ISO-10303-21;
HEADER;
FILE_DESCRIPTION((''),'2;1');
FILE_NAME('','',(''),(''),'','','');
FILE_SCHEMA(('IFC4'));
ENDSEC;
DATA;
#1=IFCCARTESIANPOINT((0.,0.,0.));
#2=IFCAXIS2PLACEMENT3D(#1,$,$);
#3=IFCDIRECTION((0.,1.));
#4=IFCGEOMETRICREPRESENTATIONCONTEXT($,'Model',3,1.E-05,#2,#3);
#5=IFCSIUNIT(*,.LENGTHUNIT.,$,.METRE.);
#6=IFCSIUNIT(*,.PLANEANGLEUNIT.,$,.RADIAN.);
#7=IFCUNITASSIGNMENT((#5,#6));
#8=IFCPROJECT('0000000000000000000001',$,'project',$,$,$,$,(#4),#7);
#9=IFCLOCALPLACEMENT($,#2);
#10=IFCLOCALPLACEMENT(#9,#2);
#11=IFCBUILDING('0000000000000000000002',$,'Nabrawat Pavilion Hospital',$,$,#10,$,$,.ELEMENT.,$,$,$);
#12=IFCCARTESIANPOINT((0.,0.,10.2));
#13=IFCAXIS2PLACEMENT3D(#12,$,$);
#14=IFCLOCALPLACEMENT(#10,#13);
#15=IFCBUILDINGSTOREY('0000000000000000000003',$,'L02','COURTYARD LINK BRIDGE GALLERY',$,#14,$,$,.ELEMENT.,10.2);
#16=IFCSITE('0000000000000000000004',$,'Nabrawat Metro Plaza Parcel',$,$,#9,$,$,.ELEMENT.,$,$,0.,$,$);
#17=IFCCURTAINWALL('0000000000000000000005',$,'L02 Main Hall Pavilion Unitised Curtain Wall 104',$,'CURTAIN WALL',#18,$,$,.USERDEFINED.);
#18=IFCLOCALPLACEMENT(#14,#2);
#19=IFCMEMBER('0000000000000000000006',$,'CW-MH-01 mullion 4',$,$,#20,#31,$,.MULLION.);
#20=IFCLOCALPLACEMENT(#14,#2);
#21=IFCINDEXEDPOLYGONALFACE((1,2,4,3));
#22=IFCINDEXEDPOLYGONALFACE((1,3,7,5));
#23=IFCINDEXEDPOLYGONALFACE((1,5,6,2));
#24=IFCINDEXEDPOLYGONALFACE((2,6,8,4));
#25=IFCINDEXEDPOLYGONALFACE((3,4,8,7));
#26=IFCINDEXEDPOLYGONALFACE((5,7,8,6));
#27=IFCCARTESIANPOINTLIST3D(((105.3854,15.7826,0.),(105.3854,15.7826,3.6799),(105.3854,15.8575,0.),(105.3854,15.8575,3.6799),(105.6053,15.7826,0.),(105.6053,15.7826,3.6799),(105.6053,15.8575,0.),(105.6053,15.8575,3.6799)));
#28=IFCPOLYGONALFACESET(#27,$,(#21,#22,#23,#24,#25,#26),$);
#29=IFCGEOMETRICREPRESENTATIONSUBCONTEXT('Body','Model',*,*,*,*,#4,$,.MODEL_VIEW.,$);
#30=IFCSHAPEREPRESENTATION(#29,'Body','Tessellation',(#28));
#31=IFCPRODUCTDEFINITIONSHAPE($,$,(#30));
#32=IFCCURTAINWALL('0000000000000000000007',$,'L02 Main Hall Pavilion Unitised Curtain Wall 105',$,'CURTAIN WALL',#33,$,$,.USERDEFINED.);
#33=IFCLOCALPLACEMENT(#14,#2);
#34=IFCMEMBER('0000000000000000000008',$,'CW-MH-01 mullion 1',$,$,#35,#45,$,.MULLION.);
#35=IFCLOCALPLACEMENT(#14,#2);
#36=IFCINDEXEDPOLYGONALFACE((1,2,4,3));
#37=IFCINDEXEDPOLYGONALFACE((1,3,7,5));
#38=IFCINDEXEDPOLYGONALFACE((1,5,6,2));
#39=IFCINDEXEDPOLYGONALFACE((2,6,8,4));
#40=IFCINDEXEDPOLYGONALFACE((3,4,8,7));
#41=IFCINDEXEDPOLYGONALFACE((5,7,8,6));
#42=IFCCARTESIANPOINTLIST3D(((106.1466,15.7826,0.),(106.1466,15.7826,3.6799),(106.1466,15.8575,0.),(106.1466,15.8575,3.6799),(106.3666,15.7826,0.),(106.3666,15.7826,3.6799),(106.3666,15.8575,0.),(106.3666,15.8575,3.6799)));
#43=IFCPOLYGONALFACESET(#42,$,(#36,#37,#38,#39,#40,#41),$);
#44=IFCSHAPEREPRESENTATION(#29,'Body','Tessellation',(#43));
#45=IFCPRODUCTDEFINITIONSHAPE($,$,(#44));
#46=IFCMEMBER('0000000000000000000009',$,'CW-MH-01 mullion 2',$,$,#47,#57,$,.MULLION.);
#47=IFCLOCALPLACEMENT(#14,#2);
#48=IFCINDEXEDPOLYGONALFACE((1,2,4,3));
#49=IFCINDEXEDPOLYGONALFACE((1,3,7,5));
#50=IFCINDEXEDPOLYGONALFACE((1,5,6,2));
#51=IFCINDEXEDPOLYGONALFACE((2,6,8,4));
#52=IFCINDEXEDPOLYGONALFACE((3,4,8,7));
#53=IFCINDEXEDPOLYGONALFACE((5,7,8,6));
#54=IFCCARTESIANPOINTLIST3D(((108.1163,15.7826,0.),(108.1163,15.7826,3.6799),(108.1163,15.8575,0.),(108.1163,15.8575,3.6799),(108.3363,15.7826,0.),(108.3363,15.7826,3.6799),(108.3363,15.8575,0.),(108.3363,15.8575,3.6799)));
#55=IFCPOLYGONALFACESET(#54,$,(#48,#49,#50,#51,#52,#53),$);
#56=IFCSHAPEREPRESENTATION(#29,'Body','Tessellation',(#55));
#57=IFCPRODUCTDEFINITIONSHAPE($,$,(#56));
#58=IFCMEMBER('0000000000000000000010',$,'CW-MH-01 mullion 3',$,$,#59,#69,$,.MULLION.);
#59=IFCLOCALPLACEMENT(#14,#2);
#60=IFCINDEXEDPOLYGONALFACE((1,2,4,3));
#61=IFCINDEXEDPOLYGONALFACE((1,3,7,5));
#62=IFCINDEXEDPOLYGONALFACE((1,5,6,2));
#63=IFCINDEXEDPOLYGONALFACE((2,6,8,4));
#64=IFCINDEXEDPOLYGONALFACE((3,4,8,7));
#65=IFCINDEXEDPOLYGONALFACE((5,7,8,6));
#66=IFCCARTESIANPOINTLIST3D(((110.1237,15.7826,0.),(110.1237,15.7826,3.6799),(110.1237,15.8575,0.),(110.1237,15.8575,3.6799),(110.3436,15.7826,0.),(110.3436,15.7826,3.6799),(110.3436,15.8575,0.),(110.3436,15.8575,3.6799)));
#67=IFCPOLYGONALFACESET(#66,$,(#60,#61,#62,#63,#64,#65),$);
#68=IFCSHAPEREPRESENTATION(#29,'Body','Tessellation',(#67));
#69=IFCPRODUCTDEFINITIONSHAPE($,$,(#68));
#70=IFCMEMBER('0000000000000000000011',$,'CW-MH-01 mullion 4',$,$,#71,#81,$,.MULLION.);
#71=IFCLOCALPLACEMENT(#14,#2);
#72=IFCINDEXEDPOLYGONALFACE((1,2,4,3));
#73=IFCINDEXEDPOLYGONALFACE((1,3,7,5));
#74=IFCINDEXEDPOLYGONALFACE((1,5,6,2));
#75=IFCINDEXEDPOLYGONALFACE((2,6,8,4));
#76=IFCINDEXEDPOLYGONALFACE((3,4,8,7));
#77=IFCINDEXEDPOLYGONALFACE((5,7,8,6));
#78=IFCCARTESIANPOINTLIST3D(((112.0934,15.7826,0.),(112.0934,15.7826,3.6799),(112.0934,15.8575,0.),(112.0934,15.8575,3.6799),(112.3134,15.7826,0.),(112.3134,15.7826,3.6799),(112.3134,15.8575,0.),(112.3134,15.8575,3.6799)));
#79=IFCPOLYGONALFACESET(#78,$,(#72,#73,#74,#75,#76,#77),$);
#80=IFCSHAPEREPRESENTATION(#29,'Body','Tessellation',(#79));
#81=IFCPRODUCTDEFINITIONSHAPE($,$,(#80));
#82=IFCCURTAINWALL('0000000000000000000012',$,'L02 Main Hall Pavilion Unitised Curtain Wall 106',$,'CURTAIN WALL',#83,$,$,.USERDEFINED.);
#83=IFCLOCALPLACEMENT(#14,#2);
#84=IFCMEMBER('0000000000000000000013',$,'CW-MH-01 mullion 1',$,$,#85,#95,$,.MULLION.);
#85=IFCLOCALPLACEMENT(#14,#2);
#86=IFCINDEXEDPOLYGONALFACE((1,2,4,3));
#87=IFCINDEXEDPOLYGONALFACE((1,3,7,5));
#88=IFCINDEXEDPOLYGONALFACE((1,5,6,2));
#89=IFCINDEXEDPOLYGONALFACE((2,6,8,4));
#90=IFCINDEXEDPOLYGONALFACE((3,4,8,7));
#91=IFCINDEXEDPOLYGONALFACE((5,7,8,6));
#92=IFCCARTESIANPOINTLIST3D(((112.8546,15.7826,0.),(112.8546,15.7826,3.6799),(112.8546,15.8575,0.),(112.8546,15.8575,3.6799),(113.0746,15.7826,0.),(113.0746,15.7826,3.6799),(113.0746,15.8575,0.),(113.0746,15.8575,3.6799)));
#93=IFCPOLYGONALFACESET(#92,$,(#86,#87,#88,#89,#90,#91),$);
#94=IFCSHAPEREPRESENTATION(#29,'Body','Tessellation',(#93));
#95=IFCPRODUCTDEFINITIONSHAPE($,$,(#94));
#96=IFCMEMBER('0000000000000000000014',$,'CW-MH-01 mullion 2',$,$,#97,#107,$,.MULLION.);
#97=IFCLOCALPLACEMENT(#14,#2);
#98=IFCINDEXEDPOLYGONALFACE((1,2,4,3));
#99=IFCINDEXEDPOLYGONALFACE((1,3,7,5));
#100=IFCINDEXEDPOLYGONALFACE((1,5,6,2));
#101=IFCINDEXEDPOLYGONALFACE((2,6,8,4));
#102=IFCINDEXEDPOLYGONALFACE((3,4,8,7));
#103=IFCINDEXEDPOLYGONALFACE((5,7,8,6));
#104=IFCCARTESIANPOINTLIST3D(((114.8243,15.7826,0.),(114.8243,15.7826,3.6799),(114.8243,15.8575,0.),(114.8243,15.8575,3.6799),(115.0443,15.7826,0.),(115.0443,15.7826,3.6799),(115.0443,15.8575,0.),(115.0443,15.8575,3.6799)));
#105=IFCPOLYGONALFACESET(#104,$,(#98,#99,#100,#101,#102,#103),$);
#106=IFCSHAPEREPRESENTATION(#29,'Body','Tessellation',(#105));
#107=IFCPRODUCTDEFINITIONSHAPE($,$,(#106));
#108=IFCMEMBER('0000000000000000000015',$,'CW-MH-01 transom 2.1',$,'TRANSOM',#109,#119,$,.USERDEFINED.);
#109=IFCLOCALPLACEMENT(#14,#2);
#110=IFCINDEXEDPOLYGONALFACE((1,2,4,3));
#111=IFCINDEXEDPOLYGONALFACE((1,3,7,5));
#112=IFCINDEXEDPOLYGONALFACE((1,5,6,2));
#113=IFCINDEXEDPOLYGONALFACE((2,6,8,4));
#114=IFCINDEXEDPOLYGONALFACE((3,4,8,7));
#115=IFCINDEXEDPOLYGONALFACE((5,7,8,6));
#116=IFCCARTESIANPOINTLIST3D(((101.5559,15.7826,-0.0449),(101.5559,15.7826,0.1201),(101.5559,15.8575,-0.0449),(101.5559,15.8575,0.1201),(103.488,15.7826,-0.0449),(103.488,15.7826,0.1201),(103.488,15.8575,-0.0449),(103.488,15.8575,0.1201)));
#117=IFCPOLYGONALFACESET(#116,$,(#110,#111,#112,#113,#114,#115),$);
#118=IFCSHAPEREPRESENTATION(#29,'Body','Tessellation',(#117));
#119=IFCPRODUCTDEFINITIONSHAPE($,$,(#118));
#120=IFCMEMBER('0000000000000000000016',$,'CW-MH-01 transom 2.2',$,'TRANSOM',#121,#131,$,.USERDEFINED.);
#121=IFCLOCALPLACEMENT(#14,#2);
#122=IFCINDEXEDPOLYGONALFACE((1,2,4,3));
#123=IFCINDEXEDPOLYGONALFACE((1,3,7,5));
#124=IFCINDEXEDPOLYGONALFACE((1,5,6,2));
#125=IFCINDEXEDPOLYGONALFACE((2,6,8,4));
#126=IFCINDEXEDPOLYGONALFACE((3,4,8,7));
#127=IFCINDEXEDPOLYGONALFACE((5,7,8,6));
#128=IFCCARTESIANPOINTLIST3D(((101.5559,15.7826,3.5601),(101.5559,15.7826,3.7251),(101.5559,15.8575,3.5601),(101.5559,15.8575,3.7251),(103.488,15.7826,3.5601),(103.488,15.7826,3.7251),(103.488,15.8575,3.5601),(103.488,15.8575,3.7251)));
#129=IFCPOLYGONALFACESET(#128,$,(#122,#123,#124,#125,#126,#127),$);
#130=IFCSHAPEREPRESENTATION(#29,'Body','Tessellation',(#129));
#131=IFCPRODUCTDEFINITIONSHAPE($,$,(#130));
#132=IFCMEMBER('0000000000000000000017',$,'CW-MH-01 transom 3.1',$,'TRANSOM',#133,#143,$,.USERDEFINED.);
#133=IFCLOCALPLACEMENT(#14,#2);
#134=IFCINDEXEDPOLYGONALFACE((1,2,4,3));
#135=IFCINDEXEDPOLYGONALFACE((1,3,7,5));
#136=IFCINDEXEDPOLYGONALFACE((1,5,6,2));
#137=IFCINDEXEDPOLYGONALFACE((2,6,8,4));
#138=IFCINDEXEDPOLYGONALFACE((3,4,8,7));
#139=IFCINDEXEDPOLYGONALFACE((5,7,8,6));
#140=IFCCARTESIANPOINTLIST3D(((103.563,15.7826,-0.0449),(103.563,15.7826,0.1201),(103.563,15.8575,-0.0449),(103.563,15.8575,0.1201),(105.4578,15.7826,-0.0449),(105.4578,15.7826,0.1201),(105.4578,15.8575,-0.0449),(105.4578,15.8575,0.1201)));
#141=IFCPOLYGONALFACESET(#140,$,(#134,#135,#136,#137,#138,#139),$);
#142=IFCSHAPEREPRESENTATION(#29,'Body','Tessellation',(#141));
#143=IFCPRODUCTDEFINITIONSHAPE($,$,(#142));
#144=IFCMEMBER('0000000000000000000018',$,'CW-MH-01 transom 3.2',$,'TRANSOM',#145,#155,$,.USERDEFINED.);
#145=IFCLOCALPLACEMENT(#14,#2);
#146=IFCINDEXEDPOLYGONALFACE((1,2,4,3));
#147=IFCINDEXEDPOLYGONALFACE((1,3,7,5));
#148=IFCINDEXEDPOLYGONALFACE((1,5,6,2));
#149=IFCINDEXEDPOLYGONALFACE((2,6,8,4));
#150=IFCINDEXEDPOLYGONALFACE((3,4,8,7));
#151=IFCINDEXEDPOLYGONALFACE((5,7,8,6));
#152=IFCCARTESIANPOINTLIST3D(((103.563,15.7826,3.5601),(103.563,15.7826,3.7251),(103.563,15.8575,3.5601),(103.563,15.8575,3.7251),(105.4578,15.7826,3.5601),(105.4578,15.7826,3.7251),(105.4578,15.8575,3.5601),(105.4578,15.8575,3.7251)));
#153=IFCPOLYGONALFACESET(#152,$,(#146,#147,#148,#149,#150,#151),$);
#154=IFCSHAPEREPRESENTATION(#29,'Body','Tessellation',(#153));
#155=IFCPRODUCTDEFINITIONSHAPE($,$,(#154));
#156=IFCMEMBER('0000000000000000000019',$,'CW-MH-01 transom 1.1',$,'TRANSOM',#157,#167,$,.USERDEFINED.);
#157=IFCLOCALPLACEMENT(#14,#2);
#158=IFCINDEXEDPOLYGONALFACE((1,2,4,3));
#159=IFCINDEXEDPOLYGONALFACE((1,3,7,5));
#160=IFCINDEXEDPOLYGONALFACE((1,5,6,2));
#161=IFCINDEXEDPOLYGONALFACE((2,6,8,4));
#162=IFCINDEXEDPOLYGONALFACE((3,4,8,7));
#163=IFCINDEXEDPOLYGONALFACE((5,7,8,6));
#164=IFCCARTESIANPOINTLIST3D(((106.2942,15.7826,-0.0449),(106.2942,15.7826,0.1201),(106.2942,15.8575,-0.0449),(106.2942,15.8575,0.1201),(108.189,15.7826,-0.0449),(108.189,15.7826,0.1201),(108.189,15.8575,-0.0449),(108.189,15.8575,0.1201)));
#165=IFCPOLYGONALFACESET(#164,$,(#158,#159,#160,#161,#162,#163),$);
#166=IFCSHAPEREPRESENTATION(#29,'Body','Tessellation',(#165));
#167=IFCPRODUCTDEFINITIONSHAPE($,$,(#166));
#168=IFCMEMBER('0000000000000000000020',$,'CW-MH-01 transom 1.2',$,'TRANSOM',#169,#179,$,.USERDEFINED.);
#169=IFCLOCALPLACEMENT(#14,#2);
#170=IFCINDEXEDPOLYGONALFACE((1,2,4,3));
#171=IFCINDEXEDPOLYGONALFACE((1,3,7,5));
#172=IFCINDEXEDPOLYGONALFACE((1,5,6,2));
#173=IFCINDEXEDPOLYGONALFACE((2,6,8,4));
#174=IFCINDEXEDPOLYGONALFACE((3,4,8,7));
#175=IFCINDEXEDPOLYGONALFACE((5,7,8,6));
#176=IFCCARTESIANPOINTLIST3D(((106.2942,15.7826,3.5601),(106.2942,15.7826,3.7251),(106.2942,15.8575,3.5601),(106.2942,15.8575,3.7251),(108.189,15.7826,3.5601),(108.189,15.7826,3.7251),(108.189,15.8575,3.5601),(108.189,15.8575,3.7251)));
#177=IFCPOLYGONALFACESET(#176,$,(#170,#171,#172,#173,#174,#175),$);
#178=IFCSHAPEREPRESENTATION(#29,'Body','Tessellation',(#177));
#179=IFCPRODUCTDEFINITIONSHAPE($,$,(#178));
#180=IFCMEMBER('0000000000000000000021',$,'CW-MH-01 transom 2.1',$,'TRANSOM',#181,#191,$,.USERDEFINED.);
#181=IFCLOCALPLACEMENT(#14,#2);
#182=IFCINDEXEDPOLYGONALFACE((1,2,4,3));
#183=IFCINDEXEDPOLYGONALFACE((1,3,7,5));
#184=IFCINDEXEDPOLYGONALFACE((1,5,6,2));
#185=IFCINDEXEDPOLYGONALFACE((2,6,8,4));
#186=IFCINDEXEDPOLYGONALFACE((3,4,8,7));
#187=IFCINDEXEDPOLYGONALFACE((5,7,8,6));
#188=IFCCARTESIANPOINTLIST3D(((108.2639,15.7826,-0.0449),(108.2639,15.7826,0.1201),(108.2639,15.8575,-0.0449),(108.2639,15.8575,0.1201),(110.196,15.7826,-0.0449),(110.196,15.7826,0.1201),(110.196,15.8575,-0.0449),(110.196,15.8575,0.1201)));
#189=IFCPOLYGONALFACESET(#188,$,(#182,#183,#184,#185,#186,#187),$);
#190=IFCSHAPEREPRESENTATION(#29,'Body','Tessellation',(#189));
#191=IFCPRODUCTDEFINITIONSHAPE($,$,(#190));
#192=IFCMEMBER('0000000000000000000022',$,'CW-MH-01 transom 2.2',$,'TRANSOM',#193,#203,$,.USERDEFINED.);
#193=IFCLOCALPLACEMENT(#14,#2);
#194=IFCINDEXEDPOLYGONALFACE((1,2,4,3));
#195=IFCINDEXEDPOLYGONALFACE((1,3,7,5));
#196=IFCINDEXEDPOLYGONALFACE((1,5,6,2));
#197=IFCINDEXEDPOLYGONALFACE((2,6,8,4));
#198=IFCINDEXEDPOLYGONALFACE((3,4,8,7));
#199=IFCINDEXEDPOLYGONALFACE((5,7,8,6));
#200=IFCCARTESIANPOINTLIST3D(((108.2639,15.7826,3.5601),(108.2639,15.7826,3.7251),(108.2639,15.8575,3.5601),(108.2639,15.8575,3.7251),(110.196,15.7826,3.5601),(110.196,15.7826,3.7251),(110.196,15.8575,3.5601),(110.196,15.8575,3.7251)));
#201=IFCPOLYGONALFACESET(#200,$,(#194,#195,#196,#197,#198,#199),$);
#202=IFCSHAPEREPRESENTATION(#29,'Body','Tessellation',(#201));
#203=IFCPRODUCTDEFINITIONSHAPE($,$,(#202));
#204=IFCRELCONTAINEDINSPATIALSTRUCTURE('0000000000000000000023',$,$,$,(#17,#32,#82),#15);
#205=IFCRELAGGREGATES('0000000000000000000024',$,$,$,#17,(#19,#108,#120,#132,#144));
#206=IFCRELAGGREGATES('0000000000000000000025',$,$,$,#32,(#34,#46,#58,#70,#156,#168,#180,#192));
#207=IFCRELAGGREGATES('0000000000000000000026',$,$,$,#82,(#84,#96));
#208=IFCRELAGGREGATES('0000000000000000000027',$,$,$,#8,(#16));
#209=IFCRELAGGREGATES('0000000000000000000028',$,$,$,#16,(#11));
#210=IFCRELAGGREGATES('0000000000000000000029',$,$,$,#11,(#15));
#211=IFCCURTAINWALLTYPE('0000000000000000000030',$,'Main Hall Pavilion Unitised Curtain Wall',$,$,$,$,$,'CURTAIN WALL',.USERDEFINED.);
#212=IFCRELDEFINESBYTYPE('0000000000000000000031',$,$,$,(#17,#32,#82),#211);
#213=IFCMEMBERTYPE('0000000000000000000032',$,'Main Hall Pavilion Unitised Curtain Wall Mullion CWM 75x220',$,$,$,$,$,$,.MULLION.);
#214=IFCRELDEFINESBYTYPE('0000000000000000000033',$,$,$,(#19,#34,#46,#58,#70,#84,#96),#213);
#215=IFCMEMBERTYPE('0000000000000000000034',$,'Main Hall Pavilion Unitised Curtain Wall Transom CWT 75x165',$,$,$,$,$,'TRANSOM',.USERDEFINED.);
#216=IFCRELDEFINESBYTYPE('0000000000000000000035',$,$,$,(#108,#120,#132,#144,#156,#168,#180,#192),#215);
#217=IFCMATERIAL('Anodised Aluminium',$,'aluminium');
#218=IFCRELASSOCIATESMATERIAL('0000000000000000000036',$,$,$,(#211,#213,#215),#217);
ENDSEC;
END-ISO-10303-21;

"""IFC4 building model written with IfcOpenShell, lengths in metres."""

from ifc_helpers import new_model, si_unit, direction, frame, origin, origin_2d, place, context, subcontext, project, spatial, rectangle, extrude, material, material_profile, profile_set, type_object, element, aggregate, save


model = new_model("IFC4")

# Units and contexts
model_context = context("Model", 3, precision=1e-05, world=origin(), true_north=direction((0.0, 1.0)))
body_context = subcontext(model_context, "Body", "Model", "MODEL_VIEW")
ifc_project = project(units=[si_unit("LENGTHUNIT", "METRE"), si_unit("PLANEANGLEUNIT", "RADIAN")], contexts=[model_context])

# Site, building, storey
site_placement = place(None, origin())
site = spatial("IfcSite", under=ifc_project, at=site_placement, Name="Nabrawat Metro Plaza Parcel", CompositionType="ELEMENT", RefElevation=0.0)
building_placement = place(site_placement, origin())
building = spatial("IfcBuilding", under=site, at=building_placement, Name="Nabrawat Pavilion Hospital", CompositionType="ELEMENT")
storey_placement = place(building_placement, frame((0.0, 0.0, 10.2)))
storey = spatial("IfcBuildingStorey", under=building, at=storey_placement, Name="L02", Description="COURTYARD LINK BRIDGE GALLERY", CompositionType="ELEMENT", Elevation=10.2)

# Curtain walls, members
ifc_material_1 = material(Name="Anodised Aluminium", Category="aluminium")
curtain_wall_type = type_object("IfcCurtainWallType", Name="Main Hall Pavilion Unitised Curtain Wall", ElementType="CURTAIN WALL", PredefinedType="USERDEFINED", material=ifc_material_1)
curtain_wall_1_placement = place(storey_placement, origin())
curtain_wall_1 = element("IfcCurtainWall", 1, at=curtain_wall_1_placement, inside=storey, type_object=curtain_wall_type, Name="L02 Main Hall Pavilion Unitised Curtain Wall 104", ObjectType="CURTAIN WALL", PredefinedType="USERDEFINED")
ifc_material_profile_1 = material_profile(ifc_material_1, rectangle(XDim=0.075, YDim=0.22, at=origin_2d()), Name="CWM 75x220")
ifc_profile_set_1 = profile_set([ifc_material_profile_1], Name="Anodised Aluminium")
member_type_1 = type_object("IfcMemberType", Name="Main Hall Pavilion Unitised Curtain Wall Mullion CWM 75x220", PredefinedType="MULLION", material=ifc_profile_set_1)
member_1_placement = place(storey_placement, frame((105.4954, 15.8201, 0.0), z_axis=(0.0, 0.0, 1.0), x_axis=(0.0, 1.0, 0.0)))
member_1 = element("IfcMember", 2, at=member_1_placement, type_object=member_type_1, Name="CW-MH-01 mullion 4", PredefinedType="MULLION", context=body_context, shape_type="SweptSolid", body=[
    extrude(rectangle(XDim=0.075, YDim=0.22, at=origin_2d()), origin(), (0.0, 0.0, 1.0), 3.6799),
])
curtain_wall_2_placement = place(storey_placement, origin())
curtain_wall_2 = element("IfcCurtainWall", 3, at=curtain_wall_2_placement, inside=storey, type_object=curtain_wall_type, Name="L02 Main Hall Pavilion Unitised Curtain Wall 105", ObjectType="CURTAIN WALL", PredefinedType="USERDEFINED")
member_2_placement = place(storey_placement, frame((106.2566, 15.8201, 0.0), z_axis=(0.0, 0.0, 1.0), x_axis=(0.0, 1.0, 0.0)))
member_2 = element("IfcMember", 4, at=member_2_placement, type_object=member_type_1, Name="CW-MH-01 mullion 1", PredefinedType="MULLION", context=body_context, shape_type="SweptSolid", body=[
    extrude(rectangle(XDim=0.075, YDim=0.22, at=origin_2d()), origin(), (0.0, 0.0, 1.0), 3.6799),
])
member_3_placement = place(storey_placement, frame((108.2263, 15.8201, 0.0), z_axis=(0.0, 0.0, 1.0), x_axis=(0.0, 1.0, 0.0)))
member_3 = element("IfcMember", 5, at=member_3_placement, type_object=member_type_1, Name="CW-MH-01 mullion 2", PredefinedType="MULLION", context=body_context, shape_type="SweptSolid", body=[
    extrude(rectangle(XDim=0.075, YDim=0.22, at=origin_2d()), origin(), (0.0, 0.0, 1.0), 3.6799),
])
member_4_placement = place(storey_placement, frame((110.2336, 15.8201, 0.0), z_axis=(0.0, 0.0, 1.0), x_axis=(0.0, 1.0, 0.0)))
member_4 = element("IfcMember", 6, at=member_4_placement, type_object=member_type_1, Name="CW-MH-01 mullion 3", PredefinedType="MULLION", context=body_context, shape_type="SweptSolid", body=[
    extrude(rectangle(XDim=0.075, YDim=0.22, at=origin_2d()), origin(), (0.0, 0.0, 1.0), 3.6799),
])
member_5_placement = place(storey_placement, frame((112.2034, 15.8201, 0.0), z_axis=(0.0, 0.0, 1.0), x_axis=(0.0, 1.0, 0.0)))
member_5 = element("IfcMember", 7, at=member_5_placement, type_object=member_type_1, Name="CW-MH-01 mullion 4", PredefinedType="MULLION", context=body_context, shape_type="SweptSolid", body=[
    extrude(rectangle(XDim=0.075, YDim=0.22, at=origin_2d()), origin(), (0.0, 0.0, 1.0), 3.6799),
])
curtain_wall_3_placement = place(storey_placement, origin())
curtain_wall_3 = element("IfcCurtainWall", 8, at=curtain_wall_3_placement, inside=storey, type_object=curtain_wall_type, Name="L02 Main Hall Pavilion Unitised Curtain Wall 106", ObjectType="CURTAIN WALL", PredefinedType="USERDEFINED")
member_6_placement = place(storey_placement, frame((112.9646, 15.8201, 0.0), z_axis=(0.0, 0.0, 1.0), x_axis=(0.0, 1.0, 0.0)))
member_6 = element("IfcMember", 9, at=member_6_placement, type_object=member_type_1, Name="CW-MH-01 mullion 1", PredefinedType="MULLION", context=body_context, shape_type="SweptSolid", body=[
    extrude(rectangle(XDim=0.075, YDim=0.22, at=origin_2d()), origin(), (0.0, 0.0, 1.0), 3.6799),
])
member_7_placement = place(storey_placement, frame((114.9343, 15.8201, 0.0), z_axis=(0.0, 0.0, 1.0), x_axis=(0.0, 1.0, 0.0)))
member_7 = element("IfcMember", 10, at=member_7_placement, type_object=member_type_1, Name="CW-MH-01 mullion 2", PredefinedType="MULLION", context=body_context, shape_type="SweptSolid", body=[
    extrude(rectangle(XDim=0.075, YDim=0.22, at=origin_2d()), origin(), (0.0, 0.0, 1.0), 3.6799),
])

# Members
ifc_material_profile_2 = material_profile(ifc_material_1, rectangle(XDim=0.075, YDim=0.165, at=origin_2d()), Name="CWT 75x165")
ifc_profile_set_2 = profile_set([ifc_material_profile_2], Name="Anodised Aluminium")
member_type_2 = type_object("IfcMemberType", Name="Main Hall Pavilion Unitised Curtain Wall Transom CWT 75x165", ElementType="TRANSOM", PredefinedType="USERDEFINED", material=ifc_profile_set_2)
member_8_placement = place(storey_placement, frame((101.5559, 15.8201, 0.0376), z_axis=(1.0, 0.0, 0.0), x_axis=(0.0, 1.0, 0.0)))
member_8 = element("IfcMember", 11, at=member_8_placement, type_object=member_type_2, Name="CW-MH-01 transom 2.1", ObjectType="TRANSOM", PredefinedType="USERDEFINED", context=body_context, shape_type="SweptSolid", body=[
    extrude(rectangle(XDim=0.075, YDim=0.165, at=origin_2d()), origin(), (0.0, 0.0, 1.0), 1.9321),
])
member_9_placement = place(storey_placement, frame((101.5559, 15.8201, 3.6426), z_axis=(1.0, 0.0, 0.0), x_axis=(0.0, 1.0, 0.0)))
member_9 = element("IfcMember", 12, at=member_9_placement, type_object=member_type_2, Name="CW-MH-01 transom 2.2", ObjectType="TRANSOM", PredefinedType="USERDEFINED", context=body_context, shape_type="SweptSolid", body=[
    extrude(rectangle(XDim=0.075, YDim=0.165, at=origin_2d()), origin(), (0.0, 0.0, 1.0), 1.9321),
])
member_10_placement = place(storey_placement, frame((103.563, 15.8201, 0.0376), z_axis=(1.0, 0.0, 0.0), x_axis=(0.0, 1.0, 0.0)))
member_10 = element("IfcMember", 13, at=member_10_placement, type_object=member_type_2, Name="CW-MH-01 transom 3.1", ObjectType="TRANSOM", PredefinedType="USERDEFINED", context=body_context, shape_type="SweptSolid", body=[
    extrude(rectangle(XDim=0.075, YDim=0.165, at=origin_2d()), origin(), (0.0, 0.0, 1.0), 1.8948),
])
member_11_placement = place(storey_placement, frame((103.563, 15.8201, 3.6426), z_axis=(1.0, 0.0, 0.0), x_axis=(0.0, 1.0, 0.0)))
member_11 = element("IfcMember", 14, at=member_11_placement, type_object=member_type_2, Name="CW-MH-01 transom 3.2", ObjectType="TRANSOM", PredefinedType="USERDEFINED", context=body_context, shape_type="SweptSolid", body=[
    extrude(rectangle(XDim=0.075, YDim=0.165, at=origin_2d()), origin(), (0.0, 0.0, 1.0), 1.8948),
])
member_12_placement = place(storey_placement, frame((106.2942, 15.8201, 0.0376), z_axis=(1.0, 0.0, 0.0), x_axis=(0.0, 1.0, 0.0)))
member_12 = element("IfcMember", 15, at=member_12_placement, type_object=member_type_2, Name="CW-MH-01 transom 1.1", ObjectType="TRANSOM", PredefinedType="USERDEFINED", context=body_context, shape_type="SweptSolid", body=[
    extrude(rectangle(XDim=0.075, YDim=0.165, at=origin_2d()), origin(), (0.0, 0.0, 1.0), 1.8948),
])
member_13_placement = place(storey_placement, frame((106.2942, 15.8201, 3.6426), z_axis=(1.0, 0.0, 0.0), x_axis=(0.0, 1.0, 0.0)))
member_13 = element("IfcMember", 16, at=member_13_placement, type_object=member_type_2, Name="CW-MH-01 transom 1.2", ObjectType="TRANSOM", PredefinedType="USERDEFINED", context=body_context, shape_type="SweptSolid", body=[
    extrude(rectangle(XDim=0.075, YDim=0.165, at=origin_2d()), origin(), (0.0, 0.0, 1.0), 1.8948),
])
member_14_placement = place(storey_placement, frame((108.2639, 15.8201, 0.0376), z_axis=(1.0, 0.0, 0.0), x_axis=(0.0, 1.0, 0.0)))
member_14 = element("IfcMember", 17, at=member_14_placement, type_object=member_type_2, Name="CW-MH-01 transom 2.1", ObjectType="TRANSOM", PredefinedType="USERDEFINED", context=body_context, shape_type="SweptSolid", body=[
    extrude(rectangle(XDim=0.075, YDim=0.165, at=origin_2d()), origin(), (0.0, 0.0, 1.0), 1.9321),
])
member_15_placement = place(storey_placement, frame((108.2639, 15.8201, 3.6426), z_axis=(1.0, 0.0, 0.0), x_axis=(0.0, 1.0, 0.0)))
member_15 = element("IfcMember", 18, at=member_15_placement, type_object=member_type_2, Name="CW-MH-01 transom 2.2", ObjectType="TRANSOM", PredefinedType="USERDEFINED", context=body_context, shape_type="SweptSolid", body=[
    extrude(rectangle(XDim=0.075, YDim=0.165, at=origin_2d()), origin(), (0.0, 0.0, 1.0), 1.9321),
])

aggregate(curtain_wall_1, [member_1, member_8, member_9, member_10, member_11])
aggregate(curtain_wall_2, [member_2, member_3, member_4, member_5, member_12, member_13, member_14, member_15])
aggregate(curtain_wall_3, [member_6, member_7])

save(model, "model.ifc")
